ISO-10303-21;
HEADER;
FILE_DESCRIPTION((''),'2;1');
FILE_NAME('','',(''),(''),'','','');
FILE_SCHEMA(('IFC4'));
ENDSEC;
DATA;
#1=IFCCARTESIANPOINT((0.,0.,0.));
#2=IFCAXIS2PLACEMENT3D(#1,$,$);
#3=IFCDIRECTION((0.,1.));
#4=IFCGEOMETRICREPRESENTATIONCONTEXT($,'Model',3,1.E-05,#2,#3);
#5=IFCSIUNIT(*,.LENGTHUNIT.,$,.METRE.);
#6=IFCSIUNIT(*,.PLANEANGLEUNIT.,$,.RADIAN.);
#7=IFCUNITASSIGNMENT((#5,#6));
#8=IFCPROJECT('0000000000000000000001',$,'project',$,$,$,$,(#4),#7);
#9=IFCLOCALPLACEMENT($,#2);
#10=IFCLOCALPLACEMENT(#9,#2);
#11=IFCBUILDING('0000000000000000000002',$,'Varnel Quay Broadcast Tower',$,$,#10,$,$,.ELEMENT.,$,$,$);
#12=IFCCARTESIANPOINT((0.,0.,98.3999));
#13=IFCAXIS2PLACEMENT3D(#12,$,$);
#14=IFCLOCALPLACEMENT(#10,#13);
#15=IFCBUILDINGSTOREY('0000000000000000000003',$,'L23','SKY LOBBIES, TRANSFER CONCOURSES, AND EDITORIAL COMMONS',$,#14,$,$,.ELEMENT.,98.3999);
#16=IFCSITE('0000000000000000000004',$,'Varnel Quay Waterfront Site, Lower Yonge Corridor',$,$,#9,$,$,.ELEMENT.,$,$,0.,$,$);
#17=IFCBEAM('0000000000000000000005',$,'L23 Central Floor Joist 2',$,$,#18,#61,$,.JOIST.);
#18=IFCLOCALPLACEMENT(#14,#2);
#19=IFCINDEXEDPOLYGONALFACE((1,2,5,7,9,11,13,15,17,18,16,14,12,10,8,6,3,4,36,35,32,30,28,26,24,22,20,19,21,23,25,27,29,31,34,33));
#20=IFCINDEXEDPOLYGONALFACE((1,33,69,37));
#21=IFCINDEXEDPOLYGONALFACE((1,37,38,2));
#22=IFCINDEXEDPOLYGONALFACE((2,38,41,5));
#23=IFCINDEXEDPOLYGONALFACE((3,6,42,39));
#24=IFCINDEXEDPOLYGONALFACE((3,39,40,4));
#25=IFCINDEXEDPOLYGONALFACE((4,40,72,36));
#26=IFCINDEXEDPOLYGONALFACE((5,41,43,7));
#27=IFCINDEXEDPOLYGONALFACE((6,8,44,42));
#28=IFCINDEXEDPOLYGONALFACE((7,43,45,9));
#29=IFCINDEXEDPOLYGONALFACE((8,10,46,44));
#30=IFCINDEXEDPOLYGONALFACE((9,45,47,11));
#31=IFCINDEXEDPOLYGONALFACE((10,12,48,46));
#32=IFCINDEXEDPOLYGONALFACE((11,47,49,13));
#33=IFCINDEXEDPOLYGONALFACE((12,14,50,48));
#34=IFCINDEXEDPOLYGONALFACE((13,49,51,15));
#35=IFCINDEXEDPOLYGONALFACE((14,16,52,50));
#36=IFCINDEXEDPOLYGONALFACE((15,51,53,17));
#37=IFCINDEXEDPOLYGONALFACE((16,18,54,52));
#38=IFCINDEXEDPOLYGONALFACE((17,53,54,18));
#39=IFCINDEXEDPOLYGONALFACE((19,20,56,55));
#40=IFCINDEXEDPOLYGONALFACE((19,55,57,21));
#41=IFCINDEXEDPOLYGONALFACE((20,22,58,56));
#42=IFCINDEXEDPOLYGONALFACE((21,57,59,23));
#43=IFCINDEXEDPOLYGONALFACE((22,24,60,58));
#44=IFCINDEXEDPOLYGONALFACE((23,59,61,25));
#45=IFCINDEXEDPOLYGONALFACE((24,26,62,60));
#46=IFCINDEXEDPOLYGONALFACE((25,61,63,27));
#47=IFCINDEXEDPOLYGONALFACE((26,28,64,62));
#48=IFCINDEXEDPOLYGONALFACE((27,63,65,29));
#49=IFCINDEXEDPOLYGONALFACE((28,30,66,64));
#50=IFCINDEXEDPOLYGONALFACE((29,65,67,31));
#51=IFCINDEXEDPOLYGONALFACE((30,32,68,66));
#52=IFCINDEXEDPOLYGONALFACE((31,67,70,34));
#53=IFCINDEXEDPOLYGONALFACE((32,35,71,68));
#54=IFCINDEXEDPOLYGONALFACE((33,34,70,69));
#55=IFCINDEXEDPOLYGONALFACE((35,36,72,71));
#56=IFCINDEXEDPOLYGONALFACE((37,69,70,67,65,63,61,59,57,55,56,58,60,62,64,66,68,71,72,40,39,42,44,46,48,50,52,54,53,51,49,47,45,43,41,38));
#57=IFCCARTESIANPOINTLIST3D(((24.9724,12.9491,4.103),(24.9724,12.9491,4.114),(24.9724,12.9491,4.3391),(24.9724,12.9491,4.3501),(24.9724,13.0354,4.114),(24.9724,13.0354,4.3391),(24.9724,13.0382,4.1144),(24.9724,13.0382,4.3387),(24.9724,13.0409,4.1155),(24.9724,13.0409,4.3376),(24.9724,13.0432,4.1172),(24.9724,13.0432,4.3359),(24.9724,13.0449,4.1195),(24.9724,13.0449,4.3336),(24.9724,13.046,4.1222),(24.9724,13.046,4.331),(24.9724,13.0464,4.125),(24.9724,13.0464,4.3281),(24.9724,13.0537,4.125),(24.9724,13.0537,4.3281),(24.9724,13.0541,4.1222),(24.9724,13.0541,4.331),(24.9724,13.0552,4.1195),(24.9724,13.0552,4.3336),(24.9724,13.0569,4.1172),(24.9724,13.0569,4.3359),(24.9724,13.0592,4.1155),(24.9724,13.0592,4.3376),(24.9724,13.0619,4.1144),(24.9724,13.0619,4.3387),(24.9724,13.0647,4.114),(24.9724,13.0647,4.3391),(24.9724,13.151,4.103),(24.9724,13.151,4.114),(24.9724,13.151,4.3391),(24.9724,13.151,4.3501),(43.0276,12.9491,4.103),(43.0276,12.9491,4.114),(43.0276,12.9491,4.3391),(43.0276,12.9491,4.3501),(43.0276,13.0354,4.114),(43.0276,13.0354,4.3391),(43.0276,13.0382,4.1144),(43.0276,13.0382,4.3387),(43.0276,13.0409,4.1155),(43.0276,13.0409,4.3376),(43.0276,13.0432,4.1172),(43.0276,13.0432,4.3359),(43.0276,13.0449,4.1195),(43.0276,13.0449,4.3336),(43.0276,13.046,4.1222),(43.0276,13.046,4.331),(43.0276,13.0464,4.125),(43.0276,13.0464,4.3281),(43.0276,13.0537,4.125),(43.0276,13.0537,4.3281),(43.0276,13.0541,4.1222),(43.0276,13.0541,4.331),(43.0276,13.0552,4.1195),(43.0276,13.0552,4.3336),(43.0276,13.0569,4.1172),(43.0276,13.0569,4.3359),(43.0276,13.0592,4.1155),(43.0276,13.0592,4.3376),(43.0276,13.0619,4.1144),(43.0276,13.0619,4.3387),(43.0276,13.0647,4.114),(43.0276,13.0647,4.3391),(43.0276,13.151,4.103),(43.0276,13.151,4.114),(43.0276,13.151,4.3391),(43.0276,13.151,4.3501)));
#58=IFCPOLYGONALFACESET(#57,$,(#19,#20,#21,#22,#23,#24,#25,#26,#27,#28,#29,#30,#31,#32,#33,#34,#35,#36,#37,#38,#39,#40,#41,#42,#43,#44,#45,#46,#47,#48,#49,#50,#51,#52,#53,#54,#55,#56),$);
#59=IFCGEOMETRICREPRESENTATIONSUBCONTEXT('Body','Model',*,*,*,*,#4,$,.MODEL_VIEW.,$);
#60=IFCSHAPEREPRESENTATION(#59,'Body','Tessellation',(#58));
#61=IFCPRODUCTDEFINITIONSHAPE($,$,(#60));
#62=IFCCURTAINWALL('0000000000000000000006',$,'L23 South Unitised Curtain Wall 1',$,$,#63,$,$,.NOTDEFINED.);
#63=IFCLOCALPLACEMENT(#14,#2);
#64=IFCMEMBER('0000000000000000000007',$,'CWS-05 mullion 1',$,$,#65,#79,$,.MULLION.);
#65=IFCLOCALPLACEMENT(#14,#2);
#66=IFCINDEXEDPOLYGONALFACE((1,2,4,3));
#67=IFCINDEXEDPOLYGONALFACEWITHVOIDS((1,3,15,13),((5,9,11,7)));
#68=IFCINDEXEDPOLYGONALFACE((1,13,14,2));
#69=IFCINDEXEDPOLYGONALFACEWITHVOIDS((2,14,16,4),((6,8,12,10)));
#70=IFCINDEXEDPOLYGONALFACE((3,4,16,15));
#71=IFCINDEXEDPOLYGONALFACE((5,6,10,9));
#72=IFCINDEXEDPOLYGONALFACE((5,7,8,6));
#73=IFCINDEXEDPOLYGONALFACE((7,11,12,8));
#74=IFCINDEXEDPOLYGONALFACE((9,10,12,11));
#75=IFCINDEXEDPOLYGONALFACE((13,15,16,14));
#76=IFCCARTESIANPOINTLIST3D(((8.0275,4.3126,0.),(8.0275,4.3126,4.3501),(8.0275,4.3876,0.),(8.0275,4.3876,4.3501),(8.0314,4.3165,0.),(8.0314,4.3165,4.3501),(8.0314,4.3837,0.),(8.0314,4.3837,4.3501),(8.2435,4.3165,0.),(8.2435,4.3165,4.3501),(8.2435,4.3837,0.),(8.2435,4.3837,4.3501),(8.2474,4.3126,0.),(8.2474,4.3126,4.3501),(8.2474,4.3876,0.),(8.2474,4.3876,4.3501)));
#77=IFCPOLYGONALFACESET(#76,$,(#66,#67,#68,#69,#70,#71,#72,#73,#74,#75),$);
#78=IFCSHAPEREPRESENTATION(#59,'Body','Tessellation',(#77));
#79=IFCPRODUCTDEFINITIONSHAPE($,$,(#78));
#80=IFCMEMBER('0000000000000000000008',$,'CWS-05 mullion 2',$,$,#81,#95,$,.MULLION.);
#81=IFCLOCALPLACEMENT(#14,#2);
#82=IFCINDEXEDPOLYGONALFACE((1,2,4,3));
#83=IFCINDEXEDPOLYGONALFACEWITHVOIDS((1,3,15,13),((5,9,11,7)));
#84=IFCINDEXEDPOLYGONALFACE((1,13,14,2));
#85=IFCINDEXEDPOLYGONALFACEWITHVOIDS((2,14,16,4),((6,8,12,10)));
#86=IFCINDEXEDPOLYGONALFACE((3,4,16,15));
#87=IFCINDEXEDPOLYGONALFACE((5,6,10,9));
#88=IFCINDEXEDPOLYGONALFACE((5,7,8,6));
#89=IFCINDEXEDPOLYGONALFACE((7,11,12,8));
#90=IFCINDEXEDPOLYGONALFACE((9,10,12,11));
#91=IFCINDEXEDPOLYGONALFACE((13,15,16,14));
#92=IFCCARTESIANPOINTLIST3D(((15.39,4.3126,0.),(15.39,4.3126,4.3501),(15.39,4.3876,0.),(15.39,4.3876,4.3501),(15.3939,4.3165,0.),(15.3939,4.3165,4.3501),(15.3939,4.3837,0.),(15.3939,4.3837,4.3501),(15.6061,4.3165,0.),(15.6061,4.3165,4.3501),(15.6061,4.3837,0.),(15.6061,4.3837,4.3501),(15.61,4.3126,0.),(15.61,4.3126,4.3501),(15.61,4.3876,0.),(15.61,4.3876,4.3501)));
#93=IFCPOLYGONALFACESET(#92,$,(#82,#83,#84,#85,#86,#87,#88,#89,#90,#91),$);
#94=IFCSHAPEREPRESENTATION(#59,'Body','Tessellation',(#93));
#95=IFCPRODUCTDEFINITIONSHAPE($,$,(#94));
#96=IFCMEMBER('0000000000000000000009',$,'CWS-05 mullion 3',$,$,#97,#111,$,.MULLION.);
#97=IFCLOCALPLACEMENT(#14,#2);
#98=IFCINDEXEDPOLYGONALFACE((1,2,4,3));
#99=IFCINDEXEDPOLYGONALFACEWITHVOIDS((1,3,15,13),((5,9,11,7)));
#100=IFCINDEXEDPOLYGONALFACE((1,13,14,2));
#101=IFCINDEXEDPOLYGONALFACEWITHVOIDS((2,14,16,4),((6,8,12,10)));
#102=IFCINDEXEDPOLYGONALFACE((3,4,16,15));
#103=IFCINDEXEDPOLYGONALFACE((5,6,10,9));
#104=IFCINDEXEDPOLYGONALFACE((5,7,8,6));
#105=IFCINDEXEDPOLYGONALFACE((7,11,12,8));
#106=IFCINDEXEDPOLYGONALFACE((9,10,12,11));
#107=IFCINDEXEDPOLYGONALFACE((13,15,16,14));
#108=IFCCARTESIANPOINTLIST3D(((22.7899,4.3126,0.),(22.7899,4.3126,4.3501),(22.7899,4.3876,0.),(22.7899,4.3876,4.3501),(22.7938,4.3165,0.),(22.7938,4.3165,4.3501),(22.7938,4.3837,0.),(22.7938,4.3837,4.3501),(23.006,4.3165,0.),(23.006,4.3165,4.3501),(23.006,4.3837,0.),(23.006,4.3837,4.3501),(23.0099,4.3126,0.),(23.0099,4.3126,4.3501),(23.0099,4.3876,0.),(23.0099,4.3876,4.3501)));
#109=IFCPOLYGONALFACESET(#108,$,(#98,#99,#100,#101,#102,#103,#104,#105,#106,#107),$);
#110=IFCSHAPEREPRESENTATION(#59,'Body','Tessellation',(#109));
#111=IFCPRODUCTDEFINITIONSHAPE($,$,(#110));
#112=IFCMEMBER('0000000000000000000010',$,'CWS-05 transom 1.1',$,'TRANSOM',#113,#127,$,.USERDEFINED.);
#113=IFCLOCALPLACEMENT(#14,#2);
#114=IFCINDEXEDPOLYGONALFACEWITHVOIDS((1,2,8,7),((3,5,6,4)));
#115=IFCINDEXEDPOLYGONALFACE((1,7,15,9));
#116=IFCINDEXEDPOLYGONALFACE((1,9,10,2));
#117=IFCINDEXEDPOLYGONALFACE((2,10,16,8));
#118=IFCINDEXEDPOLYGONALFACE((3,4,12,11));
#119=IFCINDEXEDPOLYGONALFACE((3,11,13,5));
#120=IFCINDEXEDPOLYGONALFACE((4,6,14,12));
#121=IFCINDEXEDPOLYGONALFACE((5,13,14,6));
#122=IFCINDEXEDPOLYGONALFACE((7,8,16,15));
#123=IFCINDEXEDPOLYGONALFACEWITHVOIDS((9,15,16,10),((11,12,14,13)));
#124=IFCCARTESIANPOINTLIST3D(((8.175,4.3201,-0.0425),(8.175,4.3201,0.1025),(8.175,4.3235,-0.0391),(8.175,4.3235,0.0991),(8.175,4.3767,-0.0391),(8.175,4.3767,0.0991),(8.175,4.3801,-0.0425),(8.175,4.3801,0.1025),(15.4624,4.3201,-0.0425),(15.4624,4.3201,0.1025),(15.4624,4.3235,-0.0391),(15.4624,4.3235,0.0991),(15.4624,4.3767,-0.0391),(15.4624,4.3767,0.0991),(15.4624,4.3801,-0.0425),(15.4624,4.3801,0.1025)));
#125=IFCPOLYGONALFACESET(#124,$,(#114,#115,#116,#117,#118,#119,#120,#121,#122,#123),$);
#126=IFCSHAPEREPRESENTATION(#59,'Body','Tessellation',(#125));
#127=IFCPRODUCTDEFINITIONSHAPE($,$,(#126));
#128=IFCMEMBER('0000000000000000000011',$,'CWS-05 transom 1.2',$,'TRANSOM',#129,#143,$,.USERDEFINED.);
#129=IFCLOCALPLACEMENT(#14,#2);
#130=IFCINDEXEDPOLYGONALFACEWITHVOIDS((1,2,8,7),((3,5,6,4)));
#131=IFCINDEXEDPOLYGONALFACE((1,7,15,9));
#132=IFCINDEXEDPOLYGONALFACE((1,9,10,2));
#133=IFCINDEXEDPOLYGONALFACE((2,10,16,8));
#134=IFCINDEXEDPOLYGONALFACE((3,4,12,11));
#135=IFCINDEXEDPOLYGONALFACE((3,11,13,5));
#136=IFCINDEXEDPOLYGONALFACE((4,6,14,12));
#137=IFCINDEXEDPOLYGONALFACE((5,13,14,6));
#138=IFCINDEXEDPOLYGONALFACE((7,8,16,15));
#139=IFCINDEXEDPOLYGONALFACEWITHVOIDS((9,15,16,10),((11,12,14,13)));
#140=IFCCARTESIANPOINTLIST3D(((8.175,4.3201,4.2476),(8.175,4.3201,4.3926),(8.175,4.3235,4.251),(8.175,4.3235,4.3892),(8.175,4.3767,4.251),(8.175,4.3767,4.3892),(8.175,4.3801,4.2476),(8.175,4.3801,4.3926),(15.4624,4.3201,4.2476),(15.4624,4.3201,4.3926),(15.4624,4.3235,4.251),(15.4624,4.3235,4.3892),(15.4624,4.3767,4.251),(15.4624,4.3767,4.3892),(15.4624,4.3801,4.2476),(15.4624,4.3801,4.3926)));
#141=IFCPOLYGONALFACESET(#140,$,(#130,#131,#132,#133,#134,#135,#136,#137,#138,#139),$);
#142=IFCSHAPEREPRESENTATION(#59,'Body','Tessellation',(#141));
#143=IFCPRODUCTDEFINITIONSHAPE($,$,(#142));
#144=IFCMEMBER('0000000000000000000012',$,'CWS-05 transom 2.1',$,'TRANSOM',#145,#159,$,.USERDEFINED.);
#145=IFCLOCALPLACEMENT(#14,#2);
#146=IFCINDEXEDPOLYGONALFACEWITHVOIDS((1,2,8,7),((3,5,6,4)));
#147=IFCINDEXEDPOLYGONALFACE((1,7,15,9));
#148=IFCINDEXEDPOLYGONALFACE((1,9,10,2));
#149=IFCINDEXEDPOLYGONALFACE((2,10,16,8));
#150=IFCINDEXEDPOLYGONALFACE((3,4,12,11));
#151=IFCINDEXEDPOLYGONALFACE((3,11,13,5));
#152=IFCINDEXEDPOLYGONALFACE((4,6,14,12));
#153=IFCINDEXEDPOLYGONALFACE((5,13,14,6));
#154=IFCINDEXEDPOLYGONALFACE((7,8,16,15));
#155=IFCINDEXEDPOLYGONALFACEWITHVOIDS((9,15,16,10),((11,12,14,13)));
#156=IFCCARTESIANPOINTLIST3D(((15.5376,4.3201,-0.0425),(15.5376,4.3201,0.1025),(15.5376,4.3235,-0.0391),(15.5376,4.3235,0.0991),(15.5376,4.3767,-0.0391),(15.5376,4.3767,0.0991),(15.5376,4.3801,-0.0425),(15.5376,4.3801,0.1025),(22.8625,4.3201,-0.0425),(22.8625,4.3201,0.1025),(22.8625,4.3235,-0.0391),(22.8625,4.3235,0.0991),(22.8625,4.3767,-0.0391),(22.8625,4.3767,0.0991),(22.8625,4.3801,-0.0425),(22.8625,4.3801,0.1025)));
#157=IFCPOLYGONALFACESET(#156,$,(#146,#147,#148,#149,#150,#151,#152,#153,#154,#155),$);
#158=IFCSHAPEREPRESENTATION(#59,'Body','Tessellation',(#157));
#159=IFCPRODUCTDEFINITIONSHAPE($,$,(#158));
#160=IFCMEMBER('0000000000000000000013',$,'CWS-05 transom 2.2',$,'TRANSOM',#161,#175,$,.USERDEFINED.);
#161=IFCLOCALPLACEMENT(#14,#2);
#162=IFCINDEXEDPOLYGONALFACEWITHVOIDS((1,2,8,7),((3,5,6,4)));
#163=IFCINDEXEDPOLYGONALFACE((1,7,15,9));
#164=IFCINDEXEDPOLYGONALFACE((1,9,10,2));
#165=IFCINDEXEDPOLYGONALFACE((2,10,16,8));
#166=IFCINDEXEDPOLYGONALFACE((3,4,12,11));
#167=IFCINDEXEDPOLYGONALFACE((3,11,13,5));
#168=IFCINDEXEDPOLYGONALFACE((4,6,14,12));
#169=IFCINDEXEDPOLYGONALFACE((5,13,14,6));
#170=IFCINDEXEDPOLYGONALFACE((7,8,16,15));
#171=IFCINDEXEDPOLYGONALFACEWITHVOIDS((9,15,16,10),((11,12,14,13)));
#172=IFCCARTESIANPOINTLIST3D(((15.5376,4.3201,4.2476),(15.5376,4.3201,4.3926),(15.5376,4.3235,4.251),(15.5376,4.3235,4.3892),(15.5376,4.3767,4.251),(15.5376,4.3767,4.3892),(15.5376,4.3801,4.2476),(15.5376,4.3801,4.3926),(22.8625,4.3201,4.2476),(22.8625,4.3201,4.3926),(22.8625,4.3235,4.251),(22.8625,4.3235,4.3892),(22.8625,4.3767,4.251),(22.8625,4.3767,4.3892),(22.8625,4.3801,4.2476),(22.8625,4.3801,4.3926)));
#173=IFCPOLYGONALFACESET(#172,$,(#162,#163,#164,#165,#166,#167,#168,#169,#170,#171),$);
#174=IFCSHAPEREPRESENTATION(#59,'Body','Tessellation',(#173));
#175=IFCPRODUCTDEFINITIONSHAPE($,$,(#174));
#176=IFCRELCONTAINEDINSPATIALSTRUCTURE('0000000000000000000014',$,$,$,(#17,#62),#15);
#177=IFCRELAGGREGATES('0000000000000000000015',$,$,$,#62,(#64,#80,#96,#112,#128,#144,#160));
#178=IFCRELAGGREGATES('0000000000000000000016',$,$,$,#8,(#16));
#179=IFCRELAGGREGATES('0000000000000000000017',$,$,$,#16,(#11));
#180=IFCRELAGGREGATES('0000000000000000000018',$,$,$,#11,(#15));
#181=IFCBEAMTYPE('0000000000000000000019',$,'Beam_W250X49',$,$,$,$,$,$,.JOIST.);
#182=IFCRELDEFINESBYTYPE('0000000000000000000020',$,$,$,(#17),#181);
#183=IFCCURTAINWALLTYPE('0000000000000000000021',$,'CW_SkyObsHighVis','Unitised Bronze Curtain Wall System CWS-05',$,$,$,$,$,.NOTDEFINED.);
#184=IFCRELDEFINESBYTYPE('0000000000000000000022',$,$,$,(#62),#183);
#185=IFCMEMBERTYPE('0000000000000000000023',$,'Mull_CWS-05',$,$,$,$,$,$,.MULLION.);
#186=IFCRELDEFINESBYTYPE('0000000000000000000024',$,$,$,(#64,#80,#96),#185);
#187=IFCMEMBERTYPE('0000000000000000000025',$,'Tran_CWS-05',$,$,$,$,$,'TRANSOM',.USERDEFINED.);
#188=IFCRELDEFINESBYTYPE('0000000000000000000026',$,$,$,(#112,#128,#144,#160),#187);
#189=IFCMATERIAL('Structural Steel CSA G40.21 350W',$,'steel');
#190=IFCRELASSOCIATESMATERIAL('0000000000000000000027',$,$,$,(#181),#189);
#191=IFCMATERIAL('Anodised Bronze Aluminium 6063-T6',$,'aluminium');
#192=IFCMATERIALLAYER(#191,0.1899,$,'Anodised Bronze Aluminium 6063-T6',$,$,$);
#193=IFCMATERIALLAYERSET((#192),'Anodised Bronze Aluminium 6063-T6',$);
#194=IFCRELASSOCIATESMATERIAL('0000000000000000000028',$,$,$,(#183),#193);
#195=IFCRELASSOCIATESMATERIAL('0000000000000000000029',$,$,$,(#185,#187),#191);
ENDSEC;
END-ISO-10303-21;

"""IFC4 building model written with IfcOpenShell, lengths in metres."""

from ifc_helpers import new_model, si_unit, direction, frame, origin, origin_2d, place, context, subcontext, project, spatial, hollow_rectangle, i_section, extrude, source, transform, mapped, material, layer, layer_set, material_profile, profile_set, type_object, type_shapes, element, aggregate, save


model = new_model("IFC4")

# Units and contexts
model_context = context("Model", 3, precision=1e-05, world=origin(), true_north=direction((0.0, 1.0)))
body_context = subcontext(model_context, "Body", "Model", "MODEL_VIEW")
ifc_project = project(units=[si_unit("LENGTHUNIT", "METRE"), si_unit("PLANEANGLEUNIT", "RADIAN")], contexts=[model_context])

# Site, building, storey
site_placement = place(None, origin())
site = spatial("IfcSite", under=ifc_project, at=site_placement, Name="Varnel Quay Waterfront Site, Lower Yonge Corridor", CompositionType="ELEMENT", RefElevation=0.0)
building_placement = place(site_placement, origin())
building = spatial("IfcBuilding", under=site, at=building_placement, Name="Varnel Quay Broadcast Tower", CompositionType="ELEMENT")
storey_placement = place(building_placement, frame((0.0, 0.0, 98.3999)))
storey = spatial("IfcBuildingStorey", under=building, at=storey_placement, Name="L23", Description="SKY LOBBIES, TRANSFER CONCOURSES, AND EDITORIAL COMMONS", CompositionType="ELEMENT", Elevation=98.3999)

# Shared definitions
ifc_material_1 = material(Name="Structural Steel CSA G40.21 350W", Category="steel")

# Beam
ifc_material_profile_1 = material_profile(ifc_material_1, i_section(OverallWidth=0.2019, OverallDepth=0.2471, WebThickness=0.0073, FlangeThickness=0.011, FilletRadius=0.011, at=origin_2d()), Name="W250X49")
ifc_profile_set_1 = profile_set([ifc_material_profile_1], Name="Structural Steel CSA G40.21 350W")
beam_type_1 = type_object("IfcBeamType", Name="Beam_W250X49", PredefinedType="JOIST", material=ifc_profile_set_1)
shared_shape_1 = source(origin(), body_context, "Body", "SweptSolid", [
    extrude(i_section(OverallWidth=0.2019, OverallDepth=0.2471, WebThickness=0.0073, FlangeThickness=0.011, FilletRadius=0.011, at=origin_2d()), origin(), (0.0, 0.0, 1.0), 18.0552),
])
type_shapes(beam_type_1, [shared_shape_1])
beam_1_placement = place(storey_placement, frame((24.9724, 13.05, 4.2266), z_axis=(1.0, 0.0, 0.0), x_axis=(0.0, 1.0, 0.0)))
element("IfcBeam", 1, at=beam_1_placement, inside=storey, type_object=beam_type_1, Name="L23 Central Floor Joist 2", PredefinedType="JOIST", context=body_context, shape_type="MappedRepresentation", body=[
    mapped(shared_shape_1, transform((0.0, 0.0, 0.0), x_axis=(1.0, 0.0, 0.0), y_axis=(0.0, 1.0, 0.0), z_axis=(0.0, 0.0, 1.0), scale=1.0)),
])

# Curtain wall, members
ifc_material_2 = material(Name="Anodised Bronze Aluminium 6063-T6", Category="aluminium")
ifc_layer_1 = layer(ifc_material_2, 0.1899, Name="Anodised Bronze Aluminium 6063-T6")
ifc_layer_set_1 = layer_set([ifc_layer_1], Name="Anodised Bronze Aluminium 6063-T6")
curtain_wall_type_1 = type_object("IfcCurtainWallType", Name="CW_SkyObsHighVis", Description="Unitised Bronze Curtain Wall System CWS-05", PredefinedType="NOTDEFINED", material=ifc_layer_set_1)
curtain_wall_1_placement = place(storey_placement, origin())
curtain_wall_1 = element("IfcCurtainWall", 2, at=curtain_wall_1_placement, inside=storey, type_object=curtain_wall_type_1, Name="L23 South Unitised Curtain Wall 1", PredefinedType="NOTDEFINED")
ifc_material_profile_2 = material_profile(ifc_material_2, hollow_rectangle(XDim=0.075, YDim=0.22, WallThickness=0.0039, at=origin_2d()), Name="ALU75X220X4")
ifc_profile_set_2 = profile_set([ifc_material_profile_2], Name="Anodised Bronze Aluminium 6063-T6")
member_type_1 = type_object("IfcMemberType", Name="Mull_CWS-05", PredefinedType="MULLION", material=ifc_profile_set_2)
shared_shape_2 = source(origin(), body_context, "Body", "SweptSolid", [
    extrude(hollow_rectangle(XDim=0.075, YDim=0.22, WallThickness=0.0039, at=origin_2d()), origin(), (0.0, 0.0, 1.0), 4.3501),
])
type_shapes(member_type_1, [shared_shape_2])
member_1_placement = place(storey_placement, frame((8.1375, 4.3501, 0.0), z_axis=(0.0, 0.0, 1.0), x_axis=(0.0, 1.0, 0.0)))
member_1 = element("IfcMember", 3, at=member_1_placement, type_object=member_type_1, Name="CWS-05 mullion 1", PredefinedType="MULLION", context=body_context, shape_type="MappedRepresentation", body=[
    mapped(shared_shape_2, transform((0.0, 0.0, 0.0), x_axis=(1.0, 0.0, 0.0), y_axis=(0.0, 1.0, 0.0), z_axis=(0.0, 0.0, 1.0), scale=1.0)),
])
member_2_placement = place(storey_placement, frame((15.5, 4.3501, 0.0), z_axis=(0.0, 0.0, 1.0), x_axis=(0.0, 1.0, 0.0)))
member_2 = element("IfcMember", 4, at=member_2_placement, type_object=member_type_1, Name="CWS-05 mullion 2", PredefinedType="MULLION", context=body_context, shape_type="MappedRepresentation", body=[
    mapped(shared_shape_2, transform((0.0, 0.0, 0.0), x_axis=(1.0, 0.0, 0.0), y_axis=(0.0, 1.0, 0.0), z_axis=(0.0, 0.0, 1.0), scale=1.0)),
])
member_3_placement = place(storey_placement, frame((22.8999, 4.3501, 0.0), z_axis=(0.0, 0.0, 1.0), x_axis=(0.0, 1.0, 0.0)))
member_3 = element("IfcMember", 5, at=member_3_placement, type_object=member_type_1, Name="CWS-05 mullion 3", PredefinedType="MULLION", context=body_context, shape_type="MappedRepresentation", body=[
    mapped(shared_shape_2, transform((0.0, 0.0, 0.0), x_axis=(1.0, 0.0, 0.0), y_axis=(0.0, 1.0, 0.0), z_axis=(0.0, 0.0, 1.0), scale=1.0)),
])
ifc_material_profile_3 = material_profile(ifc_material_2, hollow_rectangle(XDim=0.0601, YDim=0.145, WallThickness=0.0034, at=origin_2d()), Name="ALU60X145X3.5")
ifc_profile_set_3 = profile_set([ifc_material_profile_3], Name="Anodised Bronze Aluminium 6063-T6")
member_type_2 = type_object("IfcMemberType", Name="Tran_CWS-05", ElementType="TRANSOM", PredefinedType="USERDEFINED", material=ifc_profile_set_3)
shared_shape_3 = source(origin(), body_context, "Body", "SweptSolid", [
    extrude(hollow_rectangle(XDim=0.0601, YDim=0.145, WallThickness=0.0034, at=origin_2d()), origin(), (0.0, 0.0, 1.0), 7.2874),
])
member_4_placement = place(storey_placement, frame((8.175, 4.3501, 0.03), z_axis=(1.0, 0.0, 0.0), x_axis=(0.0, 1.0, 0.0)))
member_4 = element("IfcMember", 6, at=member_4_placement, type_object=member_type_2, Name="CWS-05 transom 1.1", ObjectType="TRANSOM", PredefinedType="USERDEFINED", context=body_context, shape_type="MappedRepresentation", body=[
    mapped(shared_shape_3, transform((0.0, 0.0, 0.0), x_axis=(1.0, 0.0, 0.0), y_axis=(0.0, 1.0, 0.0), z_axis=(0.0, 0.0, 1.0), scale=1.0)),
])
member_5_placement = place(storey_placement, frame((8.175, 4.3501, 4.3201), z_axis=(1.0, 0.0, 0.0), x_axis=(0.0, 1.0, 0.0)))
member_5 = element("IfcMember", 7, at=member_5_placement, type_object=member_type_2, Name="CWS-05 transom 1.2", ObjectType="TRANSOM", PredefinedType="USERDEFINED", context=body_context, shape_type="MappedRepresentation", body=[
    mapped(shared_shape_3, transform((0.0, 0.0, 0.0), x_axis=(1.0, 0.0, 0.0), y_axis=(0.0, 1.0, 0.0), z_axis=(0.0, 0.0, 1.0), scale=1.0)),
])
shared_shape_4 = source(origin(), body_context, "Body", "SweptSolid", [
    extrude(hollow_rectangle(XDim=0.0601, YDim=0.145, WallThickness=0.0034, at=origin_2d()), origin(), (0.0, 0.0, 1.0), 7.325),
])
type_shapes(member_type_2, [shared_shape_3, shared_shape_4])
member_6_placement = place(storey_placement, frame((15.5376, 4.3501, 0.03), z_axis=(1.0, 0.0, 0.0), x_axis=(0.0, 1.0, 0.0)))
member_6 = element("IfcMember", 8, at=member_6_placement, type_object=member_type_2, Name="CWS-05 transom 2.1", ObjectType="TRANSOM", PredefinedType="USERDEFINED", context=body_context, shape_type="MappedRepresentation", body=[
    mapped(shared_shape_4, transform((0.0, 0.0, 0.0), x_axis=(1.0, 0.0, 0.0), y_axis=(0.0, 1.0, 0.0), z_axis=(0.0, 0.0, 1.0), scale=1.0)),
])
member_7_placement = place(storey_placement, frame((15.5376, 4.3501, 4.3201), z_axis=(1.0, 0.0, 0.0), x_axis=(0.0, 1.0, 0.0)))
member_7 = element("IfcMember", 9, at=member_7_placement, type_object=member_type_2, Name="CWS-05 transom 2.2", ObjectType="TRANSOM", PredefinedType="USERDEFINED", context=body_context, shape_type="MappedRepresentation", body=[
    mapped(shared_shape_4, transform((0.0, 0.0, 0.0), x_axis=(1.0, 0.0, 0.0), y_axis=(0.0, 1.0, 0.0), z_axis=(0.0, 0.0, 1.0), scale=1.0)),
])

aggregate(curtain_wall_1, [member_1, member_2, member_3, member_4, member_5, member_6, member_7])

save(model, "model.ifc")
